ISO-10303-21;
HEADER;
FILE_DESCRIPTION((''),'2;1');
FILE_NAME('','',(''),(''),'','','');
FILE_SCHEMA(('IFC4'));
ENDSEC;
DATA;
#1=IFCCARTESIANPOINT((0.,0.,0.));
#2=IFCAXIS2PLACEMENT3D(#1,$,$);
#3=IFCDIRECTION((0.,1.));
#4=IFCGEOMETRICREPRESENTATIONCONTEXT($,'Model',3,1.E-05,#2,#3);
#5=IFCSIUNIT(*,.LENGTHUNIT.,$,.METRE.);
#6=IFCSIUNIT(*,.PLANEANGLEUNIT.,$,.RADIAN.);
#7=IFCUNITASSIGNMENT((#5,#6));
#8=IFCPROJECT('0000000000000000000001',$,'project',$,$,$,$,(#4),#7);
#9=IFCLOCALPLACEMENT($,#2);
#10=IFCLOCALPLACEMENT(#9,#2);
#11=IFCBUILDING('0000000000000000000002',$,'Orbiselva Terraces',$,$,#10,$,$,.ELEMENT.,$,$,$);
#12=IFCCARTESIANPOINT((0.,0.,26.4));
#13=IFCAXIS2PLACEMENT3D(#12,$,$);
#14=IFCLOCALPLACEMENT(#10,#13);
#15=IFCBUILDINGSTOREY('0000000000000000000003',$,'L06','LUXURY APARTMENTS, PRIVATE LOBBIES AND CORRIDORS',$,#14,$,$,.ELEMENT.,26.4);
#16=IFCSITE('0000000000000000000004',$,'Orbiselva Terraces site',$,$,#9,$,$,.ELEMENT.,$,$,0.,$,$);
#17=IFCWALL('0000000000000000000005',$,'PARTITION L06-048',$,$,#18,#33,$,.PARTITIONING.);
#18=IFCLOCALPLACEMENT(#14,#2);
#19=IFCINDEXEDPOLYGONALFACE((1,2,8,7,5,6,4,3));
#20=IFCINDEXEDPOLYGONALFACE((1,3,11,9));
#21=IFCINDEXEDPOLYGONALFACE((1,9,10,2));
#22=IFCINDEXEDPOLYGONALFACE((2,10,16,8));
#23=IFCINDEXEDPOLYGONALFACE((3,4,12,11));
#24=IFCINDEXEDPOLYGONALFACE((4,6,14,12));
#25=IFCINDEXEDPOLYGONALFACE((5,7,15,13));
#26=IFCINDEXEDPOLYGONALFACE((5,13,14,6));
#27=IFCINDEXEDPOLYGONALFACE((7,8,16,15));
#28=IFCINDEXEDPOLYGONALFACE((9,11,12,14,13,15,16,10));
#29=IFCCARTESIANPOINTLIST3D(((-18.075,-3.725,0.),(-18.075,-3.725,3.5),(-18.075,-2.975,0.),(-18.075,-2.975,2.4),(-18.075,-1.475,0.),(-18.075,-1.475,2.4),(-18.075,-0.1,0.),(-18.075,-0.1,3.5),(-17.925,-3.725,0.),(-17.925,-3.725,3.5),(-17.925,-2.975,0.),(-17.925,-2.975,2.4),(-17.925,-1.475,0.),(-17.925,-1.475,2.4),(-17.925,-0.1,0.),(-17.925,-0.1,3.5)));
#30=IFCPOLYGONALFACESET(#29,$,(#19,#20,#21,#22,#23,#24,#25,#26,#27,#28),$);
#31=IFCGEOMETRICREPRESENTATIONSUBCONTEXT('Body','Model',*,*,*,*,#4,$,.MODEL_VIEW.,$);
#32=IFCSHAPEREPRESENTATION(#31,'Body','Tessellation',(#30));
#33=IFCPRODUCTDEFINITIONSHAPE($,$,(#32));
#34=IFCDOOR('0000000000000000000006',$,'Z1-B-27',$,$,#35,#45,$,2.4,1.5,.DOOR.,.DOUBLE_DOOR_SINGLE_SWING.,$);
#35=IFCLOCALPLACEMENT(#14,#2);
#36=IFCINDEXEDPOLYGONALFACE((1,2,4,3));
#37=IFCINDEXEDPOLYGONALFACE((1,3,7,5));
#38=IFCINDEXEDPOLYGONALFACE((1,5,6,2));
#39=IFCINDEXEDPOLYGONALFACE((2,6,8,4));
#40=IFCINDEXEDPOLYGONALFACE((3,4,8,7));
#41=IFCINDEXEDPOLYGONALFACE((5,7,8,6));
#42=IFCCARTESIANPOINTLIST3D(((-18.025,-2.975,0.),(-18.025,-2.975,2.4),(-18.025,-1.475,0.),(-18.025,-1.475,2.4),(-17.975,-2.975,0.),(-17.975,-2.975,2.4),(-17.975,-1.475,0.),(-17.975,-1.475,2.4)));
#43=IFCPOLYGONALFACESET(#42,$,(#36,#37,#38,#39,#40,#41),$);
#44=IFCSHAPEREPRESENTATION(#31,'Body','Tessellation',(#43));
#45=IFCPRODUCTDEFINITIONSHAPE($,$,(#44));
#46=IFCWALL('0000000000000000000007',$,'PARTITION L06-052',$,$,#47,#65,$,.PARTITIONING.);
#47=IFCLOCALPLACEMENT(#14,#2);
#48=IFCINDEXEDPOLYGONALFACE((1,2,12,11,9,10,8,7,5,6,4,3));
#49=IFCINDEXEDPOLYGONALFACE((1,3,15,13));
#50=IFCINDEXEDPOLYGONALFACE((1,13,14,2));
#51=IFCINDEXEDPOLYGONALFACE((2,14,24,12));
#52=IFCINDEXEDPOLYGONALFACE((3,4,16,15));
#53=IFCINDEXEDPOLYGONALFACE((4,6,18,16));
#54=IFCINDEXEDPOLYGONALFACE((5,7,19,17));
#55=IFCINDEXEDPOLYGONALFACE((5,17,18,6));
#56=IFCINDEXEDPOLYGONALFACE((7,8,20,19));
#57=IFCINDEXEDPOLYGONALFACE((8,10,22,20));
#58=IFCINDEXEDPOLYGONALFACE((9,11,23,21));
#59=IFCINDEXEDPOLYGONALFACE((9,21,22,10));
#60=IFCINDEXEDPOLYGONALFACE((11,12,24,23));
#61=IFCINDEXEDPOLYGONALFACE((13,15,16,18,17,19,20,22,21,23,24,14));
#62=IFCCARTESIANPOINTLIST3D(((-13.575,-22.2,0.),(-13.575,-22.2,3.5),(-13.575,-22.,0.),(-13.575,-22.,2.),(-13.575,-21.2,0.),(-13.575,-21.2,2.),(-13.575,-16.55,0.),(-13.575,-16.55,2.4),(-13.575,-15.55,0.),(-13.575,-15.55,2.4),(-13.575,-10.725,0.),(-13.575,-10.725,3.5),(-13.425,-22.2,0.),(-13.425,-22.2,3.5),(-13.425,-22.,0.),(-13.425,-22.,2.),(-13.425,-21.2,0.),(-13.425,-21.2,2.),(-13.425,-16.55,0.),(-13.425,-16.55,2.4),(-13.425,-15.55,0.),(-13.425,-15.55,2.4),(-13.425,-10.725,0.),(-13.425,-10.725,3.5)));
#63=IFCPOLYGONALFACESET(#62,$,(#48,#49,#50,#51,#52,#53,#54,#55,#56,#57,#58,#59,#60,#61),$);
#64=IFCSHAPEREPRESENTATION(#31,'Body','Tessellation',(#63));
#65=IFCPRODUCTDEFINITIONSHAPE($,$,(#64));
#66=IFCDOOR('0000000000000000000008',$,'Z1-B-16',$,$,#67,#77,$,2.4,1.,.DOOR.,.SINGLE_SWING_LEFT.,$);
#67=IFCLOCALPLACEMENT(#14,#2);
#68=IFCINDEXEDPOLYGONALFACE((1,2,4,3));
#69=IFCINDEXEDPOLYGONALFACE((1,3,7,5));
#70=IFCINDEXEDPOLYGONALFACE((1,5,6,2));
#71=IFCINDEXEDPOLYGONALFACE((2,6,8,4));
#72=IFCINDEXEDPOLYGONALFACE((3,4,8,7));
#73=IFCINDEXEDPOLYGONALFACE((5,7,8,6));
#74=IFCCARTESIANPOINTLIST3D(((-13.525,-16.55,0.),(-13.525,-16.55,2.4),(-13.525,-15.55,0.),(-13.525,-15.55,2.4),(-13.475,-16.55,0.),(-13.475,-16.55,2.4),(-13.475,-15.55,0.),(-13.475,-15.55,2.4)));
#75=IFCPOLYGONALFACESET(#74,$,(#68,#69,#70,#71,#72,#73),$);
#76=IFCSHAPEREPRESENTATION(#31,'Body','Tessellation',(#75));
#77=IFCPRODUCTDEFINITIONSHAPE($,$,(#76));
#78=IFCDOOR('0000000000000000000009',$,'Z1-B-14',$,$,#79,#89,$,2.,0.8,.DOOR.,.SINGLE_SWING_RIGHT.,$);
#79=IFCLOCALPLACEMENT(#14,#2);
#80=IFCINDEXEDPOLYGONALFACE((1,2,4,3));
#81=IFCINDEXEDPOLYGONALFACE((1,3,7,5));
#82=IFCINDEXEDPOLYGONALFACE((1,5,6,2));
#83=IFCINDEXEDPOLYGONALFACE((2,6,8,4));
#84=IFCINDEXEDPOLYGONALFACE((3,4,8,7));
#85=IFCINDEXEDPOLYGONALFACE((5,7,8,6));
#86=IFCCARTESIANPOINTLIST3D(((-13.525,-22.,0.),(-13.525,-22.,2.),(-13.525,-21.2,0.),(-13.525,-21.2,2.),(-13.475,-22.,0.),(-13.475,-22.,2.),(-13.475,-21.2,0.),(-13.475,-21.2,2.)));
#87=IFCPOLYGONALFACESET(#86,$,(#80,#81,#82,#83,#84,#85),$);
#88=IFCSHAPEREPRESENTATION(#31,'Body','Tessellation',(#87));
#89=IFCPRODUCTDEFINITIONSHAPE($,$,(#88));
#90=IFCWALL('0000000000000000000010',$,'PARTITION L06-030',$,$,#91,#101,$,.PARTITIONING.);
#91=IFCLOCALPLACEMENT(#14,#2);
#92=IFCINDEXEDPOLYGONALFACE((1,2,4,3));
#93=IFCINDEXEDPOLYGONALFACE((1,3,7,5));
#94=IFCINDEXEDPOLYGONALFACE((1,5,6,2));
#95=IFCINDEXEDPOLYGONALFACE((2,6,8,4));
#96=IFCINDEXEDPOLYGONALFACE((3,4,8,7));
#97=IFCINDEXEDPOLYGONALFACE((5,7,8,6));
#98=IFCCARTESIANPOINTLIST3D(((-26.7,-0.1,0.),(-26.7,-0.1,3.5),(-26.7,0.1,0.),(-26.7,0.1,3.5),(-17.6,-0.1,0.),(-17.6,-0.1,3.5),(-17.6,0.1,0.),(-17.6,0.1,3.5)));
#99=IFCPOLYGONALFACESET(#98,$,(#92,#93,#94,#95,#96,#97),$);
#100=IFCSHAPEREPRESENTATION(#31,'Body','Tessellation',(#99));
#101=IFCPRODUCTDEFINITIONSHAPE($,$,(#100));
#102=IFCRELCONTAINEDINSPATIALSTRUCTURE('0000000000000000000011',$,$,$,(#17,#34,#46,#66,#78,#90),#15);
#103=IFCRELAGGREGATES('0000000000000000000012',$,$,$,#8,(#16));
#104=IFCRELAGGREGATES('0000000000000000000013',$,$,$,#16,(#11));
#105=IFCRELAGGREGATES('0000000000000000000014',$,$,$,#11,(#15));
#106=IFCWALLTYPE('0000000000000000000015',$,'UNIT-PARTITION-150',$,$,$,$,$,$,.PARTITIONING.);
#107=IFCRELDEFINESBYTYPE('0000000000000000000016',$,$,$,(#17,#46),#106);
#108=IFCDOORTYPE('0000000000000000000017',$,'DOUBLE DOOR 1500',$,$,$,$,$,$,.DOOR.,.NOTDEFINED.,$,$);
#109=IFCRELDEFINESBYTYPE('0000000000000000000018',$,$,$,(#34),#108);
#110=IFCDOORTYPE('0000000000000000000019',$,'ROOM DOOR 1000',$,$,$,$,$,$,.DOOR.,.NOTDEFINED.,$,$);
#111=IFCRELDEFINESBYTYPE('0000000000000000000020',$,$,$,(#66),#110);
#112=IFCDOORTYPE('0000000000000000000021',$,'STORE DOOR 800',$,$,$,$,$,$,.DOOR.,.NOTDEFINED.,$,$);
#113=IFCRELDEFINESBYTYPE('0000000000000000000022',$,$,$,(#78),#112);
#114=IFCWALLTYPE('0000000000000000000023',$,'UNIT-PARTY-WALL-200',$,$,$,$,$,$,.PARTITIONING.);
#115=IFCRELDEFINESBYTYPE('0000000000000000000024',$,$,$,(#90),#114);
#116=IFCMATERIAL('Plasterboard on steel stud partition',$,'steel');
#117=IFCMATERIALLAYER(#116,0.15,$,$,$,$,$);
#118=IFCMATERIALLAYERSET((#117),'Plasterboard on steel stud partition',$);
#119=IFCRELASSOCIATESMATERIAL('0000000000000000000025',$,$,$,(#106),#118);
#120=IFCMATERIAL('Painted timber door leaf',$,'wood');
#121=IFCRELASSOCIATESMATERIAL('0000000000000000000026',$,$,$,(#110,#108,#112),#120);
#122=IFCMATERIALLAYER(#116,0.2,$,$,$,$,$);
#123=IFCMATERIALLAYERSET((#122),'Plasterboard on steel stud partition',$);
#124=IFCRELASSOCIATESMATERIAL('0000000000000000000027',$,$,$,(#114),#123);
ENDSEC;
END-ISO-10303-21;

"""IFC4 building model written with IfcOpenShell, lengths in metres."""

from ifc_helpers import new_model, si_unit, direction, frame, frame_2d, origin, place, context, subcontext, project, spatial, rectangle, extrude, material, layer, layer_set, type_object, element, fill, save


model = new_model("IFC4")

# Units and contexts
model_context = context("Model", 3, precision=1e-05, world=origin(), true_north=direction((0.0, 1.0)))
body_context = subcontext(model_context, "Body", "Model", "MODEL_VIEW")
ifc_project = project(units=[si_unit("LENGTHUNIT", "METRE"), si_unit("PLANEANGLEUNIT", "RADIAN")], contexts=[model_context])

# Site, building, storey
site_placement = place(None, origin())
site = spatial("IfcSite", under=ifc_project, at=site_placement, Name="Orbiselva Terraces site", CompositionType="ELEMENT", RefElevation=0.0)
building_placement = place(site_placement, origin())
building = spatial("IfcBuilding", under=site, at=building_placement, Name="Orbiselva Terraces", CompositionType="ELEMENT")
storey_placement = place(building_placement, frame((0.0, 0.0, 26.4)))
storey = spatial("IfcBuildingStorey", under=building, at=storey_placement, Name="L06", Description="LUXURY APARTMENTS, PRIVATE LOBBIES AND CORRIDORS", CompositionType="ELEMENT", Elevation=26.4)

# Shared definitions
ifc_material_1 = material(Name="Plasterboard on steel stud partition", Category="steel")
ifc_layer_1 = layer(ifc_material_1, 0.15)
ifc_layer_set_1 = layer_set([ifc_layer_1], Name="Plasterboard on steel stud partition")
wall_type_1 = type_object("IfcWallType", Name="UNIT-PARTITION-150", PredefinedType="PARTITIONING", material=ifc_layer_set_1)

# Shared definitions
ifc_material_2 = material(Name="Painted timber door leaf", Category="wood")
door_type_1 = type_object("IfcDoorType", Name="ROOM DOOR 1000", OperationType="NOTDEFINED", PredefinedType="DOOR", material=ifc_material_2)

# Wall, opening, door
wall_1_placement = place(storey_placement, frame((-18.0, -3.725, 0.0), z_axis=(0.0, 0.0, 1.0), x_axis=(0.0, 1.0, 0.0)))
wall_1 = element("IfcWall", 1, at=wall_1_placement, inside=storey, type_object=wall_type_1, Name="PARTITION L06-048", PredefinedType="PARTITIONING", context=body_context, shape_type="SweptSolid", body=[
    extrude(rectangle(XDim=3.625, YDim=0.15, at=frame_2d((1.8125, 0.0))), origin(), (0.0, 0.0, 1.0), 3.5),
])
opening_1_placement = place(wall_1_placement, frame((0.75, 0.0, 0.0)))
opening_1 = element("IfcOpeningElement", 2, at=opening_1_placement, cuts=wall_1, PredefinedType="OPENING", context=body_context, shape_type="SweptSolid", body=[
    extrude(rectangle(XDim=1.5, YDim=2.4, at=frame_2d((0.75, 1.2))), frame((0.0, 0.085, 0.0), z_axis=(0.0, -1.0, 0.0), x_axis=(1.0, 0.0, 0.0)), (0.0, 0.0, 1.0), 0.17),
])
door_type_2 = type_object("IfcDoorType", Name="DOUBLE DOOR 1500", OperationType="NOTDEFINED", PredefinedType="DOOR", material=ifc_material_2)
door_1_placement = place(opening_1_placement, origin())
door_1 = element("IfcDoor", 3, at=door_1_placement, inside=storey, type_object=door_type_2, Name="Z1-B-27", OperationType="DOUBLE_DOOR_SINGLE_SWING", OverallHeight=2.4, OverallWidth=1.5, PredefinedType="DOOR", context=body_context, shape_type="SweptSolid", body=[
    extrude(rectangle(XDim=1.5, YDim=2.4, at=frame_2d((0.75, 1.2))), frame((0.0, 0.025, 0.0), z_axis=(0.0, -1.0, 0.0), x_axis=(1.0, 0.0, 0.0)), (0.0, 0.0, 1.0), 0.05),
])
fill(opening_1, door_1)

# Wall, openings, doors
wall_2_placement = place(storey_placement, frame((-13.5, -10.725, 0.0), z_axis=(0.0, 0.0, 1.0), x_axis=(0.0, -1.0, 0.0)))
wall_2 = element("IfcWall", 4, at=wall_2_placement, inside=storey, type_object=wall_type_1, Name="PARTITION L06-052", PredefinedType="PARTITIONING", context=body_context, shape_type="SweptSolid", body=[
    extrude(rectangle(XDim=11.475, YDim=0.15, at=frame_2d((5.7375, 0.0))), origin(), (0.0, 0.0, 1.0), 3.5),
])
opening_2_placement = place(wall_2_placement, frame((10.475, 0.0, 0.0)))
opening_2 = element("IfcOpeningElement", 5, at=opening_2_placement, cuts=wall_2, PredefinedType="OPENING", context=body_context, shape_type="SweptSolid", body=[
    extrude(rectangle(XDim=0.8, YDim=2.0, at=frame_2d((0.4, 1.0))), frame((0.0, 0.085, 0.0), z_axis=(0.0, -1.0, 0.0), x_axis=(1.0, 0.0, 0.0)), (0.0, 0.0, 1.0), 0.17),
])
opening_3_placement = place(wall_2_placement, frame((4.825, 0.0, 0.0)))
opening_3 = element("IfcOpeningElement", 6, at=opening_3_placement, cuts=wall_2, PredefinedType="OPENING", context=body_context, shape_type="SweptSolid", body=[
    extrude(rectangle(XDim=1.0, YDim=2.4, at=frame_2d((0.5, 1.2))), frame((0.0, 0.085, 0.0), z_axis=(0.0, -1.0, 0.0), x_axis=(1.0, 0.0, 0.0)), (0.0, 0.0, 1.0), 0.17),
])
door_2_placement = place(opening_3_placement, origin())
door_2 = element("IfcDoor", 7, at=door_2_placement, inside=storey, type_object=door_type_1, Name="Z1-B-16", OperationType="SINGLE_SWING_LEFT", OverallHeight=2.4, OverallWidth=1.0, PredefinedType="DOOR", context=body_context, shape_type="SweptSolid", body=[
    extrude(rectangle(XDim=1.0, YDim=2.4, at=frame_2d((0.5, 1.2))), frame((0.0, 0.025, 0.0), z_axis=(0.0, -1.0, 0.0), x_axis=(1.0, 0.0, 0.0)), (0.0, 0.0, 1.0), 0.05),
])
fill(opening_3, door_2)
door_type_3 = type_object("IfcDoorType", Name="STORE DOOR 800", OperationType="NOTDEFINED", PredefinedType="DOOR", material=ifc_material_2)
door_3_placement = place(opening_2_placement, origin())
door_3 = element("IfcDoor", 8, at=door_3_placement, inside=storey, type_object=door_type_3, Name="Z1-B-14", OperationType="SINGLE_SWING_RIGHT", OverallHeight=2.0, OverallWidth=0.8, PredefinedType="DOOR", context=body_context, shape_type="SweptSolid", body=[
    extrude(rectangle(XDim=0.8, YDim=2.0, at=frame_2d((0.4, 1.0))), frame((0.0, 0.025, 0.0), z_axis=(0.0, -1.0, 0.0), x_axis=(1.0, 0.0, 0.0)), (0.0, 0.0, 1.0), 0.05),
])
fill(opening_2, door_3)

# Wall
ifc_layer_2 = layer(ifc_material_1, 0.2)
ifc_layer_set_2 = layer_set([ifc_layer_2], Name="Plasterboard on steel stud partition")
wall_type_2 = type_object("IfcWallType", Name="UNIT-PARTY-WALL-200", PredefinedType="PARTITIONING", material=ifc_layer_set_2)
wall_3_placement = place(storey_placement, frame((-26.7, 0.0, 0.0), z_axis=(0.0, 0.0, 1.0), x_axis=(1.0, 0.0, 0.0)))
element("IfcWall", 9, at=wall_3_placement, inside=storey, type_object=wall_type_2, Name="PARTITION L06-030", PredefinedType="PARTITIONING", context=body_context, shape_type="SweptSolid", body=[
    extrude(rectangle(XDim=9.1, YDim=0.2, at=frame_2d((4.55, 0.0))), origin(), (0.0, 0.0, 1.0), 3.5),
])

save(model, "model.ifc")
